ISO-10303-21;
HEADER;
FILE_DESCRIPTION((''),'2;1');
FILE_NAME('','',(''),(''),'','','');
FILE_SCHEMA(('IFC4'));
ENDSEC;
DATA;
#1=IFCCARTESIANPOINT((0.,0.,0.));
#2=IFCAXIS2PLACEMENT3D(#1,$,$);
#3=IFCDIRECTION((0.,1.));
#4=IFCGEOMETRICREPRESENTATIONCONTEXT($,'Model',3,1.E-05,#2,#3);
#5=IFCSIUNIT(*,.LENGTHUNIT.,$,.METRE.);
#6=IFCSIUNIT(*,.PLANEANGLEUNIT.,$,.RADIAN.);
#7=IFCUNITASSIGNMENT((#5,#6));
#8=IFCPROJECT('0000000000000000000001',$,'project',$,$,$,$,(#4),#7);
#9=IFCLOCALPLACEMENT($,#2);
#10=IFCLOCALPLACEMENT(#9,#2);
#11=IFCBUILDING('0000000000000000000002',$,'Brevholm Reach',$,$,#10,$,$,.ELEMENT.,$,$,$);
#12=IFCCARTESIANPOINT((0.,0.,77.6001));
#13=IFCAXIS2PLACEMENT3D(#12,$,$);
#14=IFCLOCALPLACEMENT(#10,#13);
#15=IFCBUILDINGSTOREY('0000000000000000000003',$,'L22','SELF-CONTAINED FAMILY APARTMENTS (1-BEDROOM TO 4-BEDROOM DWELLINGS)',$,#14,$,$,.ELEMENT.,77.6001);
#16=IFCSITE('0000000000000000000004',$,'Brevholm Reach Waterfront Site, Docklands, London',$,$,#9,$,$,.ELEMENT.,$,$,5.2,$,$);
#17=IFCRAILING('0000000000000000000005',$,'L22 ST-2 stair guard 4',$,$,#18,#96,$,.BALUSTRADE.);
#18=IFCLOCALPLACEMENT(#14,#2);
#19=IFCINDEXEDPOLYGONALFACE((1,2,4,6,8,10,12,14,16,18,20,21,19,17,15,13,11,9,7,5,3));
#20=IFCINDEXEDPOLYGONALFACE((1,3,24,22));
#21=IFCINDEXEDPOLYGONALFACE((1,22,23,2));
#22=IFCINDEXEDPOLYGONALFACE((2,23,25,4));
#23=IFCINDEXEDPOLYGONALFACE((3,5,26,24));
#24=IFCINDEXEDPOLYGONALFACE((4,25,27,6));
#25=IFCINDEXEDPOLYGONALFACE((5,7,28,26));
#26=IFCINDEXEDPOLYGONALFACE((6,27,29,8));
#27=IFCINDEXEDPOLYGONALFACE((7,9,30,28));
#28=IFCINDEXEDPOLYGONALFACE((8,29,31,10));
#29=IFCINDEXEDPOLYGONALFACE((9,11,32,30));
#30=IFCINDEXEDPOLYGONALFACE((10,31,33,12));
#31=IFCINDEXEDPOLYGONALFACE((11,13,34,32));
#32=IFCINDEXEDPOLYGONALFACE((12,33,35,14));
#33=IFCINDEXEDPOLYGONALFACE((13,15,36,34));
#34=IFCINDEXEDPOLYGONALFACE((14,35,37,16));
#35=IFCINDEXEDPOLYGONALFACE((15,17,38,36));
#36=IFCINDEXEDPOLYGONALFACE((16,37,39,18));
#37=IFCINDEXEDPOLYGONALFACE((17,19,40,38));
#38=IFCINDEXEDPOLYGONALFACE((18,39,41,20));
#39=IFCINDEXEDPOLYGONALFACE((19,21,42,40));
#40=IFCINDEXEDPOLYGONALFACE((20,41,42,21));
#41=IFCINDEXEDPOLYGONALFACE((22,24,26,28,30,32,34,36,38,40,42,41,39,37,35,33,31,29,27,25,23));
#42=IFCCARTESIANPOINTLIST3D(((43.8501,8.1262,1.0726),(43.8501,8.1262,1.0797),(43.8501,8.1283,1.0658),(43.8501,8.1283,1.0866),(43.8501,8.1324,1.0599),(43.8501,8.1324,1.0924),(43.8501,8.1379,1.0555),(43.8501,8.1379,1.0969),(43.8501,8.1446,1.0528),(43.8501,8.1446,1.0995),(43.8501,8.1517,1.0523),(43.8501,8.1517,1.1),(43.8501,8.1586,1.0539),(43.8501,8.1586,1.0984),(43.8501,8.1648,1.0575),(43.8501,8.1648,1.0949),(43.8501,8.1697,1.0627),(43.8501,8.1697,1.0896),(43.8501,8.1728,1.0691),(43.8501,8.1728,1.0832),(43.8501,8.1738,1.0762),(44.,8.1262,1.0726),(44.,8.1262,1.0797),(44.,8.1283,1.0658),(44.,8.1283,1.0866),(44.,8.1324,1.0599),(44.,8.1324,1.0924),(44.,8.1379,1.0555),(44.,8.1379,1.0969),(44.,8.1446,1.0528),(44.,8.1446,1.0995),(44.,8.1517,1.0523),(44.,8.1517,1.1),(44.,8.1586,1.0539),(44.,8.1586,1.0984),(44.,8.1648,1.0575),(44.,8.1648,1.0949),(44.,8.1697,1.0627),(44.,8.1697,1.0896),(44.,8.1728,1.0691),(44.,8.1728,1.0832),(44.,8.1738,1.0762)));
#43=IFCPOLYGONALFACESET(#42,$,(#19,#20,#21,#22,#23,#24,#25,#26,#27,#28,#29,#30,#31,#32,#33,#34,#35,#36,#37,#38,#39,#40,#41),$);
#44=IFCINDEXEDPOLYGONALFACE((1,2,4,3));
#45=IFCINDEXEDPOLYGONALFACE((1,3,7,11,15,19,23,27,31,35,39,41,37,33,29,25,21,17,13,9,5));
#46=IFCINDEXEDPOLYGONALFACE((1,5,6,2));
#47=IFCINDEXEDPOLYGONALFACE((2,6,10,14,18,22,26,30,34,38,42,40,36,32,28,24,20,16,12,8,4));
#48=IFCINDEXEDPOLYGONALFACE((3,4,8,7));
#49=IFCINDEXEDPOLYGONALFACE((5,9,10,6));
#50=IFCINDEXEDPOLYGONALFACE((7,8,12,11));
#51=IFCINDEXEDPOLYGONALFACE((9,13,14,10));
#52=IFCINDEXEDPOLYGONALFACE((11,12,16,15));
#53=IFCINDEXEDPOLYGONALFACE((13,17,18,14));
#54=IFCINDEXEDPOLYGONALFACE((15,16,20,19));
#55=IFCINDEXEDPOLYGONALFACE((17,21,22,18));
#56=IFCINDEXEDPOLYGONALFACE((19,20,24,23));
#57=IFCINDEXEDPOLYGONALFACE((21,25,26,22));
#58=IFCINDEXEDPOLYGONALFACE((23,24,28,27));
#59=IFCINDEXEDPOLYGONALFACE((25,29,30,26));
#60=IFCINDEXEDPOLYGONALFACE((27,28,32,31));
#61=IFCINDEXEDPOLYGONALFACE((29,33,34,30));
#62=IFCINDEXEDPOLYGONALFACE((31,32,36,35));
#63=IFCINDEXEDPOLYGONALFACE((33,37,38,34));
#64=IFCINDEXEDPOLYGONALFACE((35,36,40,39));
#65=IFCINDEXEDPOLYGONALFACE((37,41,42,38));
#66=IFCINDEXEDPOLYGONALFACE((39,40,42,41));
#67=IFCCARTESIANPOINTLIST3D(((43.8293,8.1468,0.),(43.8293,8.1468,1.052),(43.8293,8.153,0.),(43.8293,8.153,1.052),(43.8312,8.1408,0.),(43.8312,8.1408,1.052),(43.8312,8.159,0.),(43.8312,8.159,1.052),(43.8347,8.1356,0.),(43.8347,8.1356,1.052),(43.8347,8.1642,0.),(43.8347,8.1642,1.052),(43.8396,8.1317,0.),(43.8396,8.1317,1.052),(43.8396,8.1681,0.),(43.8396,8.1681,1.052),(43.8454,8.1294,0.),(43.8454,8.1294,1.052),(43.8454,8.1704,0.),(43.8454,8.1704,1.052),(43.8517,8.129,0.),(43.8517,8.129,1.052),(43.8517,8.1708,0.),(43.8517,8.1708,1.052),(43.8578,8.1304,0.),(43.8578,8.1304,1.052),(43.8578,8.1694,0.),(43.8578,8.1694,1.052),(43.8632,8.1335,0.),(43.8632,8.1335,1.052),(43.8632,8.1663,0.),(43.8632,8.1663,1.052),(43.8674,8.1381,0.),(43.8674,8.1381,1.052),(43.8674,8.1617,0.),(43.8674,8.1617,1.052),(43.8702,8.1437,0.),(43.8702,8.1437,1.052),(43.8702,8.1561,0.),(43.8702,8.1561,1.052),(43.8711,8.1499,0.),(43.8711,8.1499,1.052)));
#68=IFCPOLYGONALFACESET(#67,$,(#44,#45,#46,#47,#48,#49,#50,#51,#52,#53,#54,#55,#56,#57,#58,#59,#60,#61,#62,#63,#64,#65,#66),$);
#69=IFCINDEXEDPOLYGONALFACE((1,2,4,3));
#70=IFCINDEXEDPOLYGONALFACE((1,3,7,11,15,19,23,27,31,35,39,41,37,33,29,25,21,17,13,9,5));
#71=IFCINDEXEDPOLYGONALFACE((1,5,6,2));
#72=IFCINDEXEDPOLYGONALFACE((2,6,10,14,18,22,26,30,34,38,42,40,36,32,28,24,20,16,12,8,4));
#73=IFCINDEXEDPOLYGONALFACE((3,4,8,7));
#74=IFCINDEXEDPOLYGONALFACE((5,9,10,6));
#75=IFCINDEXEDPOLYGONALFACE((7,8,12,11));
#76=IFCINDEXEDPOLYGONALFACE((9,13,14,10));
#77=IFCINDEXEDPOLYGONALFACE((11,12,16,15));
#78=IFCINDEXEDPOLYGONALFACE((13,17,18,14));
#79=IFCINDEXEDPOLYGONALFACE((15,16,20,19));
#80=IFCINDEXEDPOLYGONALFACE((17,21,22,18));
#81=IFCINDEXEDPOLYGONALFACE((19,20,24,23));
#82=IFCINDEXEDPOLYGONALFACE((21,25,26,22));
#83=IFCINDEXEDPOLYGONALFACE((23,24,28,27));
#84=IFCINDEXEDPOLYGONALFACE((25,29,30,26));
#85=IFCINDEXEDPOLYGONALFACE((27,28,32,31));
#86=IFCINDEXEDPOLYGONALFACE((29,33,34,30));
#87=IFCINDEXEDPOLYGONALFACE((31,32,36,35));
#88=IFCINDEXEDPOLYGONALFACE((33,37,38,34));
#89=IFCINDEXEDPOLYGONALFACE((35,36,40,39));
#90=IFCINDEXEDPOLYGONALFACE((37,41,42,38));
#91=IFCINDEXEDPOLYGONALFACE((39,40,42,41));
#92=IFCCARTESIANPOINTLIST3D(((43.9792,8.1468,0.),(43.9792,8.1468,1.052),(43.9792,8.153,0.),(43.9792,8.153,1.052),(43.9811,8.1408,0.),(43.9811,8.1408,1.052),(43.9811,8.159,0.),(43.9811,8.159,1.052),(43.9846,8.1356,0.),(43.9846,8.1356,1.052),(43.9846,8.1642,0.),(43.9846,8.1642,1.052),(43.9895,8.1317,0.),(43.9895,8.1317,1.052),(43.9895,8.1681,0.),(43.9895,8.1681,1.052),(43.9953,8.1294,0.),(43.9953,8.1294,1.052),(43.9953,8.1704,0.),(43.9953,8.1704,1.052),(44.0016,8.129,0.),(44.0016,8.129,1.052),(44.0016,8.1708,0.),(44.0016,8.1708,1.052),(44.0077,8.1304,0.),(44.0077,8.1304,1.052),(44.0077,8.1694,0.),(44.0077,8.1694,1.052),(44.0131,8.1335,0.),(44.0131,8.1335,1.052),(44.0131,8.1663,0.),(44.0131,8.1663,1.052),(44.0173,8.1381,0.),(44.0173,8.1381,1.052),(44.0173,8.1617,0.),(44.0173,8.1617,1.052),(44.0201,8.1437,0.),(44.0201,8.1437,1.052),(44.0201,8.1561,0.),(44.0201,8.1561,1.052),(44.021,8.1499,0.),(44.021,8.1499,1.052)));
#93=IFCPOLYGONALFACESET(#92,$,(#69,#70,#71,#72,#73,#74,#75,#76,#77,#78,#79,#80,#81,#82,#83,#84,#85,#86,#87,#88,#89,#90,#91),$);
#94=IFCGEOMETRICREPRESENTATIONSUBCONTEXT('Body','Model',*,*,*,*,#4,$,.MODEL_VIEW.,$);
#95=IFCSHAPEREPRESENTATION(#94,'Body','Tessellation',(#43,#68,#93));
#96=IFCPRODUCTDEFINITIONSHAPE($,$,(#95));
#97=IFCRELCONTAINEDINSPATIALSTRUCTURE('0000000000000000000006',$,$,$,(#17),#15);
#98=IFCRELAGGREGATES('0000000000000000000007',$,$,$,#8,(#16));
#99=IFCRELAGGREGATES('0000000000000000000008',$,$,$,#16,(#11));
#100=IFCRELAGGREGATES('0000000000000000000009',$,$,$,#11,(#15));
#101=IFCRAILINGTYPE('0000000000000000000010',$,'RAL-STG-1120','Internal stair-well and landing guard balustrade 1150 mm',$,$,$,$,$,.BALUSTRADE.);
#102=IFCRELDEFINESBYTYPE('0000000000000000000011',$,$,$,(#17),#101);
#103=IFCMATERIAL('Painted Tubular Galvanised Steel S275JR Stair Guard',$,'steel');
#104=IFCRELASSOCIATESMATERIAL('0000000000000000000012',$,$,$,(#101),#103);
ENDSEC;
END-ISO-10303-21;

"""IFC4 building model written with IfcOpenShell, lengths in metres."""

from ifc_helpers import new_model, si_unit, direction, frame, origin, origin_2d, place, context, subcontext, project, spatial, circle, extrude, material, type_object, element, save


model = new_model("IFC4")

# Units and contexts
model_context = context("Model", 3, precision=1e-05, world=origin(), true_north=direction((0.0, 1.0)))
body_context = subcontext(model_context, "Body", "Model", "MODEL_VIEW")
ifc_project = project(units=[si_unit("LENGTHUNIT", "METRE"), si_unit("PLANEANGLEUNIT", "RADIAN")], contexts=[model_context])

# Site, building, storey
site_placement = place(None, origin())
site = spatial("IfcSite", under=ifc_project, at=site_placement, Name="Brevholm Reach Waterfront Site, Docklands, London", CompositionType="ELEMENT", RefElevation=5.2)
building_placement = place(site_placement, origin())
building = spatial("IfcBuilding", under=site, at=building_placement, Name="Brevholm Reach", CompositionType="ELEMENT")
storey_placement = place(building_placement, frame((0.0, 0.0, 77.6001)))
storey = spatial("IfcBuildingStorey", under=building, at=storey_placement, Name="L22", Description="SELF-CONTAINED FAMILY APARTMENTS (1-BEDROOM TO 4-BEDROOM DWELLINGS)", CompositionType="ELEMENT", Elevation=77.6001)

# Railing
ifc_material_1 = material(Name="Painted Tubular Galvanised Steel S275JR Stair Guard", Category="steel")
railing_type_1 = type_object("IfcRailingType", Name="RAL-STG-1120", Description="Internal stair-well and landing guard balustrade 1150 mm", PredefinedType="BALUSTRADE", material=ifc_material_1)
railing_1_placement = place(storey_placement, frame((43.8501, 8.1499, 0.0)))
element("IfcRailing", 1, at=railing_1_placement, inside=storey, type_object=railing_type_1, Name="L22 ST-2 stair guard 4", PredefinedType="BALUSTRADE", context=body_context, shape_type="SweptSolid", body=[
    extrude(circle(Radius=0.0239, at=origin_2d()), frame((0.0, 0.0, 1.0762), z_axis=(1.0, 0.0, 0.0), x_axis=(0.0, 1.0, 0.0)), (0.0, 0.0, 1.0), 0.1499),
    extrude(circle(Radius=0.021, at=origin_2d()), origin(), (0.0, 0.0, 1.0), 1.052),
    extrude(circle(Radius=0.021, at=origin_2d()), frame((0.1499, 0.0, 0.0)), (0.0, 0.0, 1.0), 1.052),
])

save(model, "model.ifc")
